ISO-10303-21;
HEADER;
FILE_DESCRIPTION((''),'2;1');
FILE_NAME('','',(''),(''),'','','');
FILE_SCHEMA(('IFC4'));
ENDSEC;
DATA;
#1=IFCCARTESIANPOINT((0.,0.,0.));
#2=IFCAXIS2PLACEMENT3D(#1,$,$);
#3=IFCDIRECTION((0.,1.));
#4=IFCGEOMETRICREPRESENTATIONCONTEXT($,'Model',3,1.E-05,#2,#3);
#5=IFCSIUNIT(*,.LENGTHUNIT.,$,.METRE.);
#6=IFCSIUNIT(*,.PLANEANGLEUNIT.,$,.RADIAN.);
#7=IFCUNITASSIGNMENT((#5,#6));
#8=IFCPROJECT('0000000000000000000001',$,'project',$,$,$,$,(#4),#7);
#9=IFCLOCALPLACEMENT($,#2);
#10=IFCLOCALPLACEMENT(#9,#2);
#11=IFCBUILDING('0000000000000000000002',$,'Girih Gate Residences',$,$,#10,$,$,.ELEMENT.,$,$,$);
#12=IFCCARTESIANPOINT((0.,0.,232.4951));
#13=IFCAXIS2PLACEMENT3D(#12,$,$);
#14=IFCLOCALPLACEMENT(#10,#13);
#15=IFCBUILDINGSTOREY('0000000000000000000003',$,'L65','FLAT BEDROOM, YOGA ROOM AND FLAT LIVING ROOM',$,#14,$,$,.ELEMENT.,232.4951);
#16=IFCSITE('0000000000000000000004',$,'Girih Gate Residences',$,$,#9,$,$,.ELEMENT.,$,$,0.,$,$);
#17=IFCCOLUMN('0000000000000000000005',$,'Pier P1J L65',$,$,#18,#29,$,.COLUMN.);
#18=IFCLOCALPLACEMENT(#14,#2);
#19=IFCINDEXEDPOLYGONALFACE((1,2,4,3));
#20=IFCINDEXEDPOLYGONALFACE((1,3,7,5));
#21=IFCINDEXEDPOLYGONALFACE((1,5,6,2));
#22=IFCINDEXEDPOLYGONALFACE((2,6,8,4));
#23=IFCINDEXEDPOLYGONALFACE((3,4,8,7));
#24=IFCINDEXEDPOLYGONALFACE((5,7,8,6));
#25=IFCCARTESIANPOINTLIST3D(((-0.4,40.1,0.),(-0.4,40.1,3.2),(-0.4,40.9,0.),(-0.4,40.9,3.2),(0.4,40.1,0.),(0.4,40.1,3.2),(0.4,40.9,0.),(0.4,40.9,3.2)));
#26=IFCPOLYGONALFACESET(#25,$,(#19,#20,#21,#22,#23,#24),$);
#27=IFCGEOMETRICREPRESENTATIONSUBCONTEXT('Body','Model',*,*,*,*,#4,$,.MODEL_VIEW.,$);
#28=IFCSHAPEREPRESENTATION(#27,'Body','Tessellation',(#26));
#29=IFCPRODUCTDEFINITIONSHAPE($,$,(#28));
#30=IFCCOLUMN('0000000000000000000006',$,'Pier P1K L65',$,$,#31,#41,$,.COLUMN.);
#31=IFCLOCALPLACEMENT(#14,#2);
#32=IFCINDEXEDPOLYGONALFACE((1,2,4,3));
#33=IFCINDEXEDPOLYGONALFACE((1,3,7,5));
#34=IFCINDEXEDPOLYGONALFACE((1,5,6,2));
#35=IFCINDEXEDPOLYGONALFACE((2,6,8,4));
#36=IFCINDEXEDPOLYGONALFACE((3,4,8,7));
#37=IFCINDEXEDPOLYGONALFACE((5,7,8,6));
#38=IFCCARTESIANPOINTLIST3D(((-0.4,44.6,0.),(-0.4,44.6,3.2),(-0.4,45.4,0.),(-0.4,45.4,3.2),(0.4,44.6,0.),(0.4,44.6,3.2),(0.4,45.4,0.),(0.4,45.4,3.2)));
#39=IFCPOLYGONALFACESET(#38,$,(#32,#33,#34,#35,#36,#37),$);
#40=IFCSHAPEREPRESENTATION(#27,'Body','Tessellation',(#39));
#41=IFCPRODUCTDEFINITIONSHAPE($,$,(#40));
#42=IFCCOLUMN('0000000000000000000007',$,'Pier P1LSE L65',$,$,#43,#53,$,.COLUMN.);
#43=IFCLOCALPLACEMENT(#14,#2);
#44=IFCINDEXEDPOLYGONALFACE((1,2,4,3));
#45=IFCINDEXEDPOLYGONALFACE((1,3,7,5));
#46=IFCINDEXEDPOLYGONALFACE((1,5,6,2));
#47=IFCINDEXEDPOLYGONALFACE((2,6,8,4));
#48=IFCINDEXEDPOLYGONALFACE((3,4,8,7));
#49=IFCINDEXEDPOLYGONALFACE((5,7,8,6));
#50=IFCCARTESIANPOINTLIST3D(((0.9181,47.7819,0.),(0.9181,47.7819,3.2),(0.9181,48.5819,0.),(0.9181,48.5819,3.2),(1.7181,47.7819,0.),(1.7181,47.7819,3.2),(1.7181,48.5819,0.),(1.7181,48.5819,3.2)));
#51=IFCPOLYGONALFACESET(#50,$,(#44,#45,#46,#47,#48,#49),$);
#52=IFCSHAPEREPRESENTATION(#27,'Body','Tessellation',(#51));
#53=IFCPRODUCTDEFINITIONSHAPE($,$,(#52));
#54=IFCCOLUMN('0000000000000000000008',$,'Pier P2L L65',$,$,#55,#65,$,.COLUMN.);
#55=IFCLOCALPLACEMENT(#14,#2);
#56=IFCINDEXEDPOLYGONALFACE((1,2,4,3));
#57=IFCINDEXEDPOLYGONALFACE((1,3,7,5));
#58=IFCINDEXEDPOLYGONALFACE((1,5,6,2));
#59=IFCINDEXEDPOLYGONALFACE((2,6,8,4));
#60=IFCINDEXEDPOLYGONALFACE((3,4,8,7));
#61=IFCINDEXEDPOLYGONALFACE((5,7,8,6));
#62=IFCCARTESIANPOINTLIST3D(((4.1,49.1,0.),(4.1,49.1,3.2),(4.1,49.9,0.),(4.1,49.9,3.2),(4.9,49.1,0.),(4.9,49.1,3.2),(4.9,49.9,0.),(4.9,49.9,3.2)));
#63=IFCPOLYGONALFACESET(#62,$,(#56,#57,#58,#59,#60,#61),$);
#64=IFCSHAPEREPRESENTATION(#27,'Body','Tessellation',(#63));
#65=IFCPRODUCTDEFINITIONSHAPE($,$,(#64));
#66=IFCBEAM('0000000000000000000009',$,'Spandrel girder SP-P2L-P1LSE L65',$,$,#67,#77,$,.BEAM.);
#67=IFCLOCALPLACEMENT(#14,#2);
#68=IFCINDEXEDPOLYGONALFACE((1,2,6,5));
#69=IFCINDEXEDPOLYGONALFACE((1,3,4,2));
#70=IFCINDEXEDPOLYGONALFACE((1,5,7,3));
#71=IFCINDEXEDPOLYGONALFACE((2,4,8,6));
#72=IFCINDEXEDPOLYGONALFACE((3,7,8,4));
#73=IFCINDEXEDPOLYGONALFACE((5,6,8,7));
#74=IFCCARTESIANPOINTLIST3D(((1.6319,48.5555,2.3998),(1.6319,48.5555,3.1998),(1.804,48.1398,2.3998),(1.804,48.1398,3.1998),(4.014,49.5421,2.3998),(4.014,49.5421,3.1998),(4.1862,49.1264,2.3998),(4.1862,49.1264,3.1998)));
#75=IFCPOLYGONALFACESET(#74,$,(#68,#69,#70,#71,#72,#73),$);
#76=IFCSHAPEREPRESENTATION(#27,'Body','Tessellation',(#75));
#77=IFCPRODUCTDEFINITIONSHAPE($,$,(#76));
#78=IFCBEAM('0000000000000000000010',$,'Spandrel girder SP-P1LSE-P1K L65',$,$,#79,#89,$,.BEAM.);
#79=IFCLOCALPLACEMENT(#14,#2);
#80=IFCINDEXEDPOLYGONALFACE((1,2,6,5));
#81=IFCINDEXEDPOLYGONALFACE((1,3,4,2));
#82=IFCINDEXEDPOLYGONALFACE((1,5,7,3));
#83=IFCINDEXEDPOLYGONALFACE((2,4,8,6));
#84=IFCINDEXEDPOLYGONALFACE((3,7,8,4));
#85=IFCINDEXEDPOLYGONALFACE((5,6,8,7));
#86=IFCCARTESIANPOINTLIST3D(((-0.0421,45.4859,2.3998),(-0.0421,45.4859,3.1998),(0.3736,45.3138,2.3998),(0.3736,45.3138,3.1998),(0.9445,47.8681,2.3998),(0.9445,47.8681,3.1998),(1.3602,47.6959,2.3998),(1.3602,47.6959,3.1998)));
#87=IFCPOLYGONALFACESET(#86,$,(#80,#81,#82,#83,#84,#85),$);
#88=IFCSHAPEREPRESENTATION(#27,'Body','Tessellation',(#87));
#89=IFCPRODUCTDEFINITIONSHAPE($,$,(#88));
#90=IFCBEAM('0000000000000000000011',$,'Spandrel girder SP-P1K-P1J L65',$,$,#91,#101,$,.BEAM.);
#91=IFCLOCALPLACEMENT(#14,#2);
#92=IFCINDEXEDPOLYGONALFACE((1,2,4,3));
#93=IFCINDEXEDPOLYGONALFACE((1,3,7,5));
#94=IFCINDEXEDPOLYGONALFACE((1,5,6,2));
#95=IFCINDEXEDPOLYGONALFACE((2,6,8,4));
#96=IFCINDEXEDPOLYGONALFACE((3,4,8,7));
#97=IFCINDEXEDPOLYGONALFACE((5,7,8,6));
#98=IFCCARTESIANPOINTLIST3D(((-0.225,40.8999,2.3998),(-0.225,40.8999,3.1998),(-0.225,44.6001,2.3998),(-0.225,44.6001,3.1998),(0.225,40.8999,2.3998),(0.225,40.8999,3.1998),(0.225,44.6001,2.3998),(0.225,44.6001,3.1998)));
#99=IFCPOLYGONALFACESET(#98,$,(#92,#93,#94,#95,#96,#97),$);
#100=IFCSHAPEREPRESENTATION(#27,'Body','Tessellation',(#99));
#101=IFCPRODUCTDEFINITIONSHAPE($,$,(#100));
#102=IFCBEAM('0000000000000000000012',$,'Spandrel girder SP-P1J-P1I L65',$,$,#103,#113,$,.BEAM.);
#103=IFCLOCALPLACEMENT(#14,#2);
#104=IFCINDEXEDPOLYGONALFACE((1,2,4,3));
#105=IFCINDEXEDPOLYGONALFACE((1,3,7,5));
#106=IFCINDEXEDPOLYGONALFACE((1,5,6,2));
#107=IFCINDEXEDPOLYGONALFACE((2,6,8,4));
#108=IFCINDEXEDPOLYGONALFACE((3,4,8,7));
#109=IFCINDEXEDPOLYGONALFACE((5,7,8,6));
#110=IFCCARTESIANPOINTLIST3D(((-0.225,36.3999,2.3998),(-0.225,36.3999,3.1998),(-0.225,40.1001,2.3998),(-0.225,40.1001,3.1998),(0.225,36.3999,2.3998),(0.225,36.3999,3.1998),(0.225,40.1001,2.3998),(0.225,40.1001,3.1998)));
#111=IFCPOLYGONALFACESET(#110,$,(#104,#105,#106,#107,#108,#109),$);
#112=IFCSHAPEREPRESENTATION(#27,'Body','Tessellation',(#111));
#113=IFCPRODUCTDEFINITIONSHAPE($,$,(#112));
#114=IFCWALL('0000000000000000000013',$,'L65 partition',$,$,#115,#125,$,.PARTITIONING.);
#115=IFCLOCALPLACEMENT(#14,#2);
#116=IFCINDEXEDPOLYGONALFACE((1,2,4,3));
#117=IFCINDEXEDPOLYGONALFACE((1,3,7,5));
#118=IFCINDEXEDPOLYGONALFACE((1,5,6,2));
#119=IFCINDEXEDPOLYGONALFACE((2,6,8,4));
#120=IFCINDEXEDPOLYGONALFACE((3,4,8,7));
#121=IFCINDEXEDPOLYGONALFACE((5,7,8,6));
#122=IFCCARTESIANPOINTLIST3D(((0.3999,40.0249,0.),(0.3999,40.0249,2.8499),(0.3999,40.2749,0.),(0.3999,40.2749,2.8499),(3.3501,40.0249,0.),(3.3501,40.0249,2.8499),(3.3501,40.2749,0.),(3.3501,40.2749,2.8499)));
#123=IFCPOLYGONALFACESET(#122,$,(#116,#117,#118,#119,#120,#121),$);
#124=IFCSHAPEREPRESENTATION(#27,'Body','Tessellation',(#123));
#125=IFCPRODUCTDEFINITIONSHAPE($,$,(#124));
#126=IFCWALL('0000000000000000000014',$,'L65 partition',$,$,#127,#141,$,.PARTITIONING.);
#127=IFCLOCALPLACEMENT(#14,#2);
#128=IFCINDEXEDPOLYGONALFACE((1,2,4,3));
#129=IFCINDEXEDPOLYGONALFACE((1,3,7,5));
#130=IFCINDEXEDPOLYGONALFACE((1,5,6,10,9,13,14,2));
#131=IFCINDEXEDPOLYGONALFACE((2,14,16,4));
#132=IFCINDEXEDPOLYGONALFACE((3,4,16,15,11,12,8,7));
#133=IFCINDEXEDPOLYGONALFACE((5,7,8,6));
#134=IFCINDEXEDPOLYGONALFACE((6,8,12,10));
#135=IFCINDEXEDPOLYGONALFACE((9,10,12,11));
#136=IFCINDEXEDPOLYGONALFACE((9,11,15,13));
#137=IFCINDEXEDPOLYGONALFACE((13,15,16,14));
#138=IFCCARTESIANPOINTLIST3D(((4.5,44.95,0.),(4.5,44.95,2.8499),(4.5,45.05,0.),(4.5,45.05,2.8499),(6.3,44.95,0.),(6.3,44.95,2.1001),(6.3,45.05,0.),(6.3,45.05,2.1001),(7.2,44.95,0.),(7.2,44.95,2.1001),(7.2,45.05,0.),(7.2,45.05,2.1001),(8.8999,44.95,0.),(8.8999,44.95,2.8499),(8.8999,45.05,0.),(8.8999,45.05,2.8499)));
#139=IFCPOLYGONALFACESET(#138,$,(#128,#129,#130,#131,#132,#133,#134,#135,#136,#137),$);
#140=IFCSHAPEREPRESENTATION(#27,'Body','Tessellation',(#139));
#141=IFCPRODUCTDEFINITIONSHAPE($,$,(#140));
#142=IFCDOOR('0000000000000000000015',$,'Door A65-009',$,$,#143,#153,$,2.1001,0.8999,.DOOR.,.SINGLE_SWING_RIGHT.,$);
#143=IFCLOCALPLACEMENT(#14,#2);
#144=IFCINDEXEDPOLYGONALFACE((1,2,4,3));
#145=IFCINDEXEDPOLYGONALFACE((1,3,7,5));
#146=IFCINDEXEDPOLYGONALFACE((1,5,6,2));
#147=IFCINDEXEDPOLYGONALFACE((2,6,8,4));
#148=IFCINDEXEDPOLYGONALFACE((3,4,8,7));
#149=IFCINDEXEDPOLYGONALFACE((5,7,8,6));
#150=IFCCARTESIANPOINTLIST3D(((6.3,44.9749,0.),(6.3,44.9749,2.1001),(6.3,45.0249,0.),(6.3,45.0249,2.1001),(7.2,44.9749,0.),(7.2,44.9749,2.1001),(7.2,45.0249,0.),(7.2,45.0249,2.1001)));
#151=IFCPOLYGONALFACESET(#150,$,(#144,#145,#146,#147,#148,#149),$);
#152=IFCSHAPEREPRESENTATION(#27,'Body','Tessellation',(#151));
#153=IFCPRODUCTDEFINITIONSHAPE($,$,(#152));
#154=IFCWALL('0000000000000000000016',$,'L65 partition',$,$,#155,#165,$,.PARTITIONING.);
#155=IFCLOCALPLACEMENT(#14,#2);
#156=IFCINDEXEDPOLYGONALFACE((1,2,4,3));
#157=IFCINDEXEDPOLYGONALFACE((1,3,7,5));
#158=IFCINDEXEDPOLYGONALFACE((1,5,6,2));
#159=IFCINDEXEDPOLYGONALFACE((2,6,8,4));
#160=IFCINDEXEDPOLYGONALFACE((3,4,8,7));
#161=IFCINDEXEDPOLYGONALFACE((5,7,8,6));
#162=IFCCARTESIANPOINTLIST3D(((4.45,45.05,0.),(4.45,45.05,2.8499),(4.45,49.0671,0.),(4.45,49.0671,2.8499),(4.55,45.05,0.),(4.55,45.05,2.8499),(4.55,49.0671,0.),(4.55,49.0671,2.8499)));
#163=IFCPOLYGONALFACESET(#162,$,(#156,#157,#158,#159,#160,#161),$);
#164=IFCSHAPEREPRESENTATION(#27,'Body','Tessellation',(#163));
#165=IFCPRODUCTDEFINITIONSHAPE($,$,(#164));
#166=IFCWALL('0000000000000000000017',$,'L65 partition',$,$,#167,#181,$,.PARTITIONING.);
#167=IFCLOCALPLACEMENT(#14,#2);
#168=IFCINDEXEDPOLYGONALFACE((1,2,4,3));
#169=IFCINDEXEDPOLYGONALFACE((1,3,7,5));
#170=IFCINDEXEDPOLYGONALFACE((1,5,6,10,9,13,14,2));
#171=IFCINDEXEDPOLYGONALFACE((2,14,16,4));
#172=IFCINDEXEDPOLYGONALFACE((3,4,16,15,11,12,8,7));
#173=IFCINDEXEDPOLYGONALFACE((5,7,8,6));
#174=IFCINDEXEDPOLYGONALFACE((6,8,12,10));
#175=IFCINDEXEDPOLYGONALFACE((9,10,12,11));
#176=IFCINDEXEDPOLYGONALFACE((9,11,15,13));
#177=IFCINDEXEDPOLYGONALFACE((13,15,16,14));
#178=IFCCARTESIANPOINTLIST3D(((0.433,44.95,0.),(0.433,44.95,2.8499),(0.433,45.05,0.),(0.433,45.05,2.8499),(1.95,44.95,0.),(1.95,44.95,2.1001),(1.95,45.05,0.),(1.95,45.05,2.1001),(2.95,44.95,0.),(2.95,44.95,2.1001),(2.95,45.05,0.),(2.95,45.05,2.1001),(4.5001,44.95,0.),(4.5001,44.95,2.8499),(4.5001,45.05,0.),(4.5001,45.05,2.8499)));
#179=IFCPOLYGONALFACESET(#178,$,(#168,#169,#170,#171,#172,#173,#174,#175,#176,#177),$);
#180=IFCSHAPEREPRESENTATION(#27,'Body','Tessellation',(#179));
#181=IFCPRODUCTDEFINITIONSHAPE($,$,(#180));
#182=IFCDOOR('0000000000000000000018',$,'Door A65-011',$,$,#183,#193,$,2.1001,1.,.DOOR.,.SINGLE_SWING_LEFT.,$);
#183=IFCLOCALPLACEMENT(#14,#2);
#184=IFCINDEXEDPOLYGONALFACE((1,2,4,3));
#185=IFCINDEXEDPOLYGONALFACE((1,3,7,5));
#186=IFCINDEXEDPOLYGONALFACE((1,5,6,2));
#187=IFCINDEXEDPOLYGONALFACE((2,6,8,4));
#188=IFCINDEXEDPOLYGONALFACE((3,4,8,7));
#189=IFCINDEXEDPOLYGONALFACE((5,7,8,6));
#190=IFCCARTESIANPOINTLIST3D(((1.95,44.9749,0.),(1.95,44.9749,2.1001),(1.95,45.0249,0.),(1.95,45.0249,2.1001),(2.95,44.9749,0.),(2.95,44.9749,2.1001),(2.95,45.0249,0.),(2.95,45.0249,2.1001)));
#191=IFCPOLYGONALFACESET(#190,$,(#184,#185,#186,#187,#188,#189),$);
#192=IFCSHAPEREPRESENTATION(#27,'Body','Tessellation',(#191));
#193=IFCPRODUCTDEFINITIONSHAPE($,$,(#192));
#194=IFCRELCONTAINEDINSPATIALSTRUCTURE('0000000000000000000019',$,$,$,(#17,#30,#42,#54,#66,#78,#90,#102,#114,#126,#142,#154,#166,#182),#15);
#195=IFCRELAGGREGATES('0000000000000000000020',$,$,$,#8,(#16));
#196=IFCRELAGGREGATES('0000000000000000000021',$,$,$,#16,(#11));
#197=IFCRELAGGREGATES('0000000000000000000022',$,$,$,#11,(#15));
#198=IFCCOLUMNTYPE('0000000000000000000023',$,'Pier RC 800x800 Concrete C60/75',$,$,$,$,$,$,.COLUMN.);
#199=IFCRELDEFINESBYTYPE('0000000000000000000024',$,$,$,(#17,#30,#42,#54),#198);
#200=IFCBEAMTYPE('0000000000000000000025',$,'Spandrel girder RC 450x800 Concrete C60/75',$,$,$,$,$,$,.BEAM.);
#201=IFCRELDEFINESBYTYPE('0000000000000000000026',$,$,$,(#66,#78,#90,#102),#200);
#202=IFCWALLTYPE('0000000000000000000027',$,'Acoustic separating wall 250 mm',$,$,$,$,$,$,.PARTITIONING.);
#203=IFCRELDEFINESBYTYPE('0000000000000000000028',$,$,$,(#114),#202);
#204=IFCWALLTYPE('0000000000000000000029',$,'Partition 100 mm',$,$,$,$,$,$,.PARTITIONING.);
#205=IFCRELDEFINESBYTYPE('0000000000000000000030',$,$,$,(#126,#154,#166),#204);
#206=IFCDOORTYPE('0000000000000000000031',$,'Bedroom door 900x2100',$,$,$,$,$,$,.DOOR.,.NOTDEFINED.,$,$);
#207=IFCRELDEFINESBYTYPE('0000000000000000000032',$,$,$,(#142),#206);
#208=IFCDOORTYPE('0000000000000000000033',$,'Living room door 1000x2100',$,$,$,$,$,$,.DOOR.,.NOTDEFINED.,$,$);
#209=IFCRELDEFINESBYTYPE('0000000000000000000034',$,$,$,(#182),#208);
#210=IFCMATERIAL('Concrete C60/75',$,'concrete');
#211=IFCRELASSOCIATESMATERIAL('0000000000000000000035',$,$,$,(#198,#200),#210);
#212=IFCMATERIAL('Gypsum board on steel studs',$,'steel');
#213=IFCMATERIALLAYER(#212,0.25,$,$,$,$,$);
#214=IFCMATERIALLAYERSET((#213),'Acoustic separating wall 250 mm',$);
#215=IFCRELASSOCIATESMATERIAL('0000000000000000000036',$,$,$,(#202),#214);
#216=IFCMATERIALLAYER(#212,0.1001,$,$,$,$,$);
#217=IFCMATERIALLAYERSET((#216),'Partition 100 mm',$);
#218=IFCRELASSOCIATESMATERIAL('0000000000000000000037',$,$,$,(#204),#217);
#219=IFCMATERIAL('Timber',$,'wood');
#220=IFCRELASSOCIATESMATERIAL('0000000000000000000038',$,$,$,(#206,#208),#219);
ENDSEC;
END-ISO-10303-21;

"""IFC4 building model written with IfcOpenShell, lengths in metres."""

from ifc_helpers import new_model, si_unit, direction, frame, frame_2d, origin, origin_2d, place, context, subcontext, project, spatial, rectangle, extrude, material, layer, layer_set, material_profile, profile_set, type_object, element, fill, save


model = new_model("IFC4")

# Units and contexts
model_context = context("Model", 3, precision=1e-05, world=origin(), true_north=direction((0.0, 1.0)))
body_context = subcontext(model_context, "Body", "Model", "MODEL_VIEW")
ifc_project = project(units=[si_unit("LENGTHUNIT", "METRE"), si_unit("PLANEANGLEUNIT", "RADIAN")], contexts=[model_context])

# Site, building, storey
site_placement = place(None, origin())
site = spatial("IfcSite", under=ifc_project, at=site_placement, Name="Girih Gate Residences", CompositionType="ELEMENT", RefElevation=0.0)
building_placement = place(site_placement, origin())
building = spatial("IfcBuilding", under=site, at=building_placement, Name="Girih Gate Residences", CompositionType="ELEMENT")
storey_placement = place(building_placement, frame((0.0, 0.0, 232.4951)))
storey = spatial("IfcBuildingStorey", under=building, at=storey_placement, Name="L65", Description="FLAT BEDROOM, YOGA ROOM AND FLAT LIVING ROOM", CompositionType="ELEMENT", Elevation=232.4951)

# Columns
ifc_material_1 = material(Name="Concrete C60/75", Category="concrete")
ifc_material_profile_1 = material_profile(ifc_material_1, rectangle(XDim=0.8, YDim=0.8, at=origin_2d()))
ifc_profile_set_1 = profile_set([ifc_material_profile_1], Name="Concrete C60/75")
column_type = type_object("IfcColumnType", Name="Pier RC 800x800 Concrete C60/75", PredefinedType="COLUMN", material=ifc_profile_set_1)
for number, where, z_axis, x_axis, name in (
    (1, (0.0, 40.5, 0.0), (0.0, 0.0, 1.0), (1.0, 0.0, 0.0), "Pier P1J L65"),
    (2, (0.0, 45.0, 0.0), (0.0, 0.0, 1.0), (1.0, 0.0, 0.0), "Pier P1K L65"),
    (3, (1.3181, 48.1819, 0.0), (0.0, 0.0, 1.0), (1.0, 0.0, 0.0), "Pier P1LSE L65"),
    (4, (4.5, 49.5, 0.0), (0.0, 0.0, 1.0), (1.0, 0.0, 0.0), "Pier P2L L65"),
):
    element("IfcColumn", number, at=place(storey_placement, frame(where, z_axis=z_axis, x_axis=x_axis)), inside=storey, type_object=column_type, Name=name, PredefinedType="COLUMN", context=body_context, shape_type="SweptSolid", body=[
        extrude(rectangle(XDim=0.8, YDim=0.8, at=origin_2d()), origin(), (0.0, 0.0, 1.0), 3.2),
    ])

# Beams
ifc_material_profile_2 = material_profile(ifc_material_1, rectangle(XDim=0.45, YDim=0.8, at=origin_2d()))
ifc_profile_set_2 = profile_set([ifc_material_profile_2], Name="Concrete C60/75")
beam_type = type_object("IfcBeamType", Name="Spandrel girder RC 450x800 Concrete C60/75", PredefinedType="BEAM", material=ifc_profile_set_2)
for number, where, z_axis, x_axis, name in (
    (5, (4.1001, 49.3342, 2.7998), (-0.923896, -0.382644, 0.0), (0.382644, -0.923896, 0.0), "Spandrel girder SP-P2L-P1LSE L65"),
    (6, (1.1523, 47.782, 2.7998), (-0.382644, -0.923896, 0.0), (0.923896, -0.382644, 0.0), "Spandrel girder SP-P1LSE-P1K L65"),
):
    element("IfcBeam", number, at=place(storey_placement, frame(where, z_axis=z_axis, x_axis=x_axis)), inside=storey, type_object=beam_type, Name=name, PredefinedType="BEAM", context=body_context, shape_type="SweptSolid", body=[
        extrude(rectangle(XDim=0.45, YDim=0.8, at=origin_2d()), origin(), (0.0, 0.0, 1.0), 2.5784),
    ])
for number, where, z_axis, x_axis, name in (
    (7, (0.0, 44.6001, 2.7998), (0.0, -1.0, 0.0), (1.0, 0.0, 0.0), "Spandrel girder SP-P1K-P1J L65"),
    (8, (0.0, 40.1001, 2.7998), (0.0, -1.0, 0.0), (1.0, 0.0, 0.0), "Spandrel girder SP-P1J-P1I L65"),
):
    element("IfcBeam", number, at=place(storey_placement, frame(where, z_axis=z_axis, x_axis=x_axis)), inside=storey, type_object=beam_type, Name=name, PredefinedType="BEAM", context=body_context, shape_type="SweptSolid", body=[
        extrude(rectangle(XDim=0.45, YDim=0.8, at=origin_2d()), origin(), (0.0, 0.0, 1.0), 3.7002),
    ])

# Wall
ifc_material_2 = material(Name="Gypsum board on steel studs", Category="steel")
ifc_layer_1 = layer(ifc_material_2, 0.25)
ifc_layer_set_1 = layer_set([ifc_layer_1], Name="Acoustic separating wall 250 mm")
wall_type_1 = type_object("IfcWallType", Name="Acoustic separating wall 250 mm", PredefinedType="PARTITIONING", material=ifc_layer_set_1)
wall_1_placement = place(storey_placement, frame((0.3999, 40.1499, 0.0), z_axis=(0.0, 0.0, 1.0), x_axis=(1.0, 0.0, 0.0)))
element("IfcWall", 9, at=wall_1_placement, inside=storey, type_object=wall_type_1, Name="L65 partition", PredefinedType="PARTITIONING", context=body_context, shape_type="SweptSolid", body=[
    extrude(rectangle(XDim=2.9502, YDim=0.25, at=frame_2d((1.4751, 0.0))), origin(), (0.0, 0.0, 1.0), 2.8499),
])

# Wall, opening, door
ifc_layer_2 = layer(ifc_material_2, 0.1001)
ifc_layer_set_2 = layer_set([ifc_layer_2], Name="Partition 100 mm")
wall_type_2 = type_object("IfcWallType", Name="Partition 100 mm", PredefinedType="PARTITIONING", material=ifc_layer_set_2)
wall_2_placement = place(storey_placement, frame((4.5, 45.0, 0.0), z_axis=(0.0, 0.0, 1.0), x_axis=(1.0, 0.0, 0.0)))
wall_2 = element("IfcWall", 10, at=wall_2_placement, inside=storey, type_object=wall_type_2, Name="L65 partition", PredefinedType="PARTITIONING", context=body_context, shape_type="SweptSolid", body=[
    extrude(rectangle(XDim=4.3999, YDim=0.1001, at=frame_2d((2.2, 0.0))), origin(), (0.0, 0.0, 1.0), 2.8499),
])
opening_1_placement = place(wall_2_placement, frame((1.8, 0.0, 0.0)))
opening_1 = element("IfcOpeningElement", 11, at=opening_1_placement, cuts=wall_2, PredefinedType="OPENING", context=body_context, shape_type="SweptSolid", body=[
    extrude(rectangle(XDim=0.8999, YDim=2.1001, at=frame_2d((0.45, 1.05))), frame((0.0, 0.0601, 0.0), z_axis=(0.0, -1.0, 0.0), x_axis=(1.0, 0.0, 0.0)), (0.0, 0.0, 1.0), 0.1201),
])
ifc_material_3 = material(Name="Timber", Category="wood")
door_type_1 = type_object("IfcDoorType", Name="Bedroom door 900x2100", OperationType="NOTDEFINED", PredefinedType="DOOR", material=ifc_material_3)
door_1_placement = place(opening_1_placement, origin())
door_1 = element("IfcDoor", 12, at=door_1_placement, inside=storey, type_object=door_type_1, Name="Door A65-009", OperationType="SINGLE_SWING_RIGHT", OverallHeight=2.1001, OverallWidth=0.8999, PredefinedType="DOOR", context=body_context, shape_type="SweptSolid", body=[
    extrude(rectangle(XDim=0.8999, YDim=2.1001, at=frame_2d((0.45, 1.05))), frame((0.0, 0.0249, 0.0), z_axis=(0.0, -1.0, 0.0), x_axis=(1.0, 0.0, 0.0)), (0.0, 0.0, 1.0), 0.05),
])
fill(opening_1, door_1)

# Wall
wall_3_placement = place(storey_placement, frame((4.5, 45.05, 0.0), z_axis=(0.0, 0.0, 1.0), x_axis=(0.0, 1.0, 0.0)))
element("IfcWall", 13, at=wall_3_placement, inside=storey, type_object=wall_type_2, Name="L65 partition", PredefinedType="PARTITIONING", context=body_context, shape_type="SweptSolid", body=[
    extrude(rectangle(XDim=4.0171, YDim=0.1001, at=frame_2d((2.0085, 0.0))), origin(), (0.0, 0.0, 1.0), 2.8499),
])

# Wall, opening, door
wall_4_placement = place(storey_placement, frame((0.4329, 45.0, 0.0), z_axis=(0.0, 0.0, 1.0), x_axis=(1.0, 0.0, 0.0)))
wall_4 = element("IfcWall", 14, at=wall_4_placement, inside=storey, type_object=wall_type_2, Name="L65 partition", PredefinedType="PARTITIONING", context=body_context, shape_type="SweptSolid", body=[
    extrude(rectangle(XDim=4.0671, YDim=0.1001, at=frame_2d((2.0337, 0.0))), origin(), (0.0, 0.0, 1.0), 2.8499),
])
opening_2_placement = place(wall_4_placement, frame((1.5171, 0.0, 0.0)))
opening_2 = element("IfcOpeningElement", 15, at=opening_2_placement, cuts=wall_4, PredefinedType="OPENING", context=body_context, shape_type="SweptSolid", body=[
    extrude(rectangle(XDim=1.0, YDim=2.1001, at=frame_2d((0.5, 1.05))), frame((0.0, 0.0601, 0.0), z_axis=(0.0, -1.0, 0.0), x_axis=(1.0, 0.0, 0.0)), (0.0, 0.0, 1.0), 0.1201),
])
door_type_2 = type_object("IfcDoorType", Name="Living room door 1000x2100", OperationType="NOTDEFINED", PredefinedType="DOOR", material=ifc_material_3)
door_2_placement = place(opening_2_placement, origin())
door_2 = element("IfcDoor", 16, at=door_2_placement, inside=storey, type_object=door_type_2, Name="Door A65-011", OperationType="SINGLE_SWING_LEFT", OverallHeight=2.1001, OverallWidth=1.0, PredefinedType="DOOR", context=body_context, shape_type="SweptSolid", body=[
    extrude(rectangle(XDim=1.0, YDim=2.1001, at=frame_2d((0.5, 1.05))), frame((0.0, 0.0249, 0.0), z_axis=(0.0, -1.0, 0.0), x_axis=(1.0, 0.0, 0.0)), (0.0, 0.0, 1.0), 0.05),
])
fill(opening_2, door_2)

save(model, "model.ifc")
